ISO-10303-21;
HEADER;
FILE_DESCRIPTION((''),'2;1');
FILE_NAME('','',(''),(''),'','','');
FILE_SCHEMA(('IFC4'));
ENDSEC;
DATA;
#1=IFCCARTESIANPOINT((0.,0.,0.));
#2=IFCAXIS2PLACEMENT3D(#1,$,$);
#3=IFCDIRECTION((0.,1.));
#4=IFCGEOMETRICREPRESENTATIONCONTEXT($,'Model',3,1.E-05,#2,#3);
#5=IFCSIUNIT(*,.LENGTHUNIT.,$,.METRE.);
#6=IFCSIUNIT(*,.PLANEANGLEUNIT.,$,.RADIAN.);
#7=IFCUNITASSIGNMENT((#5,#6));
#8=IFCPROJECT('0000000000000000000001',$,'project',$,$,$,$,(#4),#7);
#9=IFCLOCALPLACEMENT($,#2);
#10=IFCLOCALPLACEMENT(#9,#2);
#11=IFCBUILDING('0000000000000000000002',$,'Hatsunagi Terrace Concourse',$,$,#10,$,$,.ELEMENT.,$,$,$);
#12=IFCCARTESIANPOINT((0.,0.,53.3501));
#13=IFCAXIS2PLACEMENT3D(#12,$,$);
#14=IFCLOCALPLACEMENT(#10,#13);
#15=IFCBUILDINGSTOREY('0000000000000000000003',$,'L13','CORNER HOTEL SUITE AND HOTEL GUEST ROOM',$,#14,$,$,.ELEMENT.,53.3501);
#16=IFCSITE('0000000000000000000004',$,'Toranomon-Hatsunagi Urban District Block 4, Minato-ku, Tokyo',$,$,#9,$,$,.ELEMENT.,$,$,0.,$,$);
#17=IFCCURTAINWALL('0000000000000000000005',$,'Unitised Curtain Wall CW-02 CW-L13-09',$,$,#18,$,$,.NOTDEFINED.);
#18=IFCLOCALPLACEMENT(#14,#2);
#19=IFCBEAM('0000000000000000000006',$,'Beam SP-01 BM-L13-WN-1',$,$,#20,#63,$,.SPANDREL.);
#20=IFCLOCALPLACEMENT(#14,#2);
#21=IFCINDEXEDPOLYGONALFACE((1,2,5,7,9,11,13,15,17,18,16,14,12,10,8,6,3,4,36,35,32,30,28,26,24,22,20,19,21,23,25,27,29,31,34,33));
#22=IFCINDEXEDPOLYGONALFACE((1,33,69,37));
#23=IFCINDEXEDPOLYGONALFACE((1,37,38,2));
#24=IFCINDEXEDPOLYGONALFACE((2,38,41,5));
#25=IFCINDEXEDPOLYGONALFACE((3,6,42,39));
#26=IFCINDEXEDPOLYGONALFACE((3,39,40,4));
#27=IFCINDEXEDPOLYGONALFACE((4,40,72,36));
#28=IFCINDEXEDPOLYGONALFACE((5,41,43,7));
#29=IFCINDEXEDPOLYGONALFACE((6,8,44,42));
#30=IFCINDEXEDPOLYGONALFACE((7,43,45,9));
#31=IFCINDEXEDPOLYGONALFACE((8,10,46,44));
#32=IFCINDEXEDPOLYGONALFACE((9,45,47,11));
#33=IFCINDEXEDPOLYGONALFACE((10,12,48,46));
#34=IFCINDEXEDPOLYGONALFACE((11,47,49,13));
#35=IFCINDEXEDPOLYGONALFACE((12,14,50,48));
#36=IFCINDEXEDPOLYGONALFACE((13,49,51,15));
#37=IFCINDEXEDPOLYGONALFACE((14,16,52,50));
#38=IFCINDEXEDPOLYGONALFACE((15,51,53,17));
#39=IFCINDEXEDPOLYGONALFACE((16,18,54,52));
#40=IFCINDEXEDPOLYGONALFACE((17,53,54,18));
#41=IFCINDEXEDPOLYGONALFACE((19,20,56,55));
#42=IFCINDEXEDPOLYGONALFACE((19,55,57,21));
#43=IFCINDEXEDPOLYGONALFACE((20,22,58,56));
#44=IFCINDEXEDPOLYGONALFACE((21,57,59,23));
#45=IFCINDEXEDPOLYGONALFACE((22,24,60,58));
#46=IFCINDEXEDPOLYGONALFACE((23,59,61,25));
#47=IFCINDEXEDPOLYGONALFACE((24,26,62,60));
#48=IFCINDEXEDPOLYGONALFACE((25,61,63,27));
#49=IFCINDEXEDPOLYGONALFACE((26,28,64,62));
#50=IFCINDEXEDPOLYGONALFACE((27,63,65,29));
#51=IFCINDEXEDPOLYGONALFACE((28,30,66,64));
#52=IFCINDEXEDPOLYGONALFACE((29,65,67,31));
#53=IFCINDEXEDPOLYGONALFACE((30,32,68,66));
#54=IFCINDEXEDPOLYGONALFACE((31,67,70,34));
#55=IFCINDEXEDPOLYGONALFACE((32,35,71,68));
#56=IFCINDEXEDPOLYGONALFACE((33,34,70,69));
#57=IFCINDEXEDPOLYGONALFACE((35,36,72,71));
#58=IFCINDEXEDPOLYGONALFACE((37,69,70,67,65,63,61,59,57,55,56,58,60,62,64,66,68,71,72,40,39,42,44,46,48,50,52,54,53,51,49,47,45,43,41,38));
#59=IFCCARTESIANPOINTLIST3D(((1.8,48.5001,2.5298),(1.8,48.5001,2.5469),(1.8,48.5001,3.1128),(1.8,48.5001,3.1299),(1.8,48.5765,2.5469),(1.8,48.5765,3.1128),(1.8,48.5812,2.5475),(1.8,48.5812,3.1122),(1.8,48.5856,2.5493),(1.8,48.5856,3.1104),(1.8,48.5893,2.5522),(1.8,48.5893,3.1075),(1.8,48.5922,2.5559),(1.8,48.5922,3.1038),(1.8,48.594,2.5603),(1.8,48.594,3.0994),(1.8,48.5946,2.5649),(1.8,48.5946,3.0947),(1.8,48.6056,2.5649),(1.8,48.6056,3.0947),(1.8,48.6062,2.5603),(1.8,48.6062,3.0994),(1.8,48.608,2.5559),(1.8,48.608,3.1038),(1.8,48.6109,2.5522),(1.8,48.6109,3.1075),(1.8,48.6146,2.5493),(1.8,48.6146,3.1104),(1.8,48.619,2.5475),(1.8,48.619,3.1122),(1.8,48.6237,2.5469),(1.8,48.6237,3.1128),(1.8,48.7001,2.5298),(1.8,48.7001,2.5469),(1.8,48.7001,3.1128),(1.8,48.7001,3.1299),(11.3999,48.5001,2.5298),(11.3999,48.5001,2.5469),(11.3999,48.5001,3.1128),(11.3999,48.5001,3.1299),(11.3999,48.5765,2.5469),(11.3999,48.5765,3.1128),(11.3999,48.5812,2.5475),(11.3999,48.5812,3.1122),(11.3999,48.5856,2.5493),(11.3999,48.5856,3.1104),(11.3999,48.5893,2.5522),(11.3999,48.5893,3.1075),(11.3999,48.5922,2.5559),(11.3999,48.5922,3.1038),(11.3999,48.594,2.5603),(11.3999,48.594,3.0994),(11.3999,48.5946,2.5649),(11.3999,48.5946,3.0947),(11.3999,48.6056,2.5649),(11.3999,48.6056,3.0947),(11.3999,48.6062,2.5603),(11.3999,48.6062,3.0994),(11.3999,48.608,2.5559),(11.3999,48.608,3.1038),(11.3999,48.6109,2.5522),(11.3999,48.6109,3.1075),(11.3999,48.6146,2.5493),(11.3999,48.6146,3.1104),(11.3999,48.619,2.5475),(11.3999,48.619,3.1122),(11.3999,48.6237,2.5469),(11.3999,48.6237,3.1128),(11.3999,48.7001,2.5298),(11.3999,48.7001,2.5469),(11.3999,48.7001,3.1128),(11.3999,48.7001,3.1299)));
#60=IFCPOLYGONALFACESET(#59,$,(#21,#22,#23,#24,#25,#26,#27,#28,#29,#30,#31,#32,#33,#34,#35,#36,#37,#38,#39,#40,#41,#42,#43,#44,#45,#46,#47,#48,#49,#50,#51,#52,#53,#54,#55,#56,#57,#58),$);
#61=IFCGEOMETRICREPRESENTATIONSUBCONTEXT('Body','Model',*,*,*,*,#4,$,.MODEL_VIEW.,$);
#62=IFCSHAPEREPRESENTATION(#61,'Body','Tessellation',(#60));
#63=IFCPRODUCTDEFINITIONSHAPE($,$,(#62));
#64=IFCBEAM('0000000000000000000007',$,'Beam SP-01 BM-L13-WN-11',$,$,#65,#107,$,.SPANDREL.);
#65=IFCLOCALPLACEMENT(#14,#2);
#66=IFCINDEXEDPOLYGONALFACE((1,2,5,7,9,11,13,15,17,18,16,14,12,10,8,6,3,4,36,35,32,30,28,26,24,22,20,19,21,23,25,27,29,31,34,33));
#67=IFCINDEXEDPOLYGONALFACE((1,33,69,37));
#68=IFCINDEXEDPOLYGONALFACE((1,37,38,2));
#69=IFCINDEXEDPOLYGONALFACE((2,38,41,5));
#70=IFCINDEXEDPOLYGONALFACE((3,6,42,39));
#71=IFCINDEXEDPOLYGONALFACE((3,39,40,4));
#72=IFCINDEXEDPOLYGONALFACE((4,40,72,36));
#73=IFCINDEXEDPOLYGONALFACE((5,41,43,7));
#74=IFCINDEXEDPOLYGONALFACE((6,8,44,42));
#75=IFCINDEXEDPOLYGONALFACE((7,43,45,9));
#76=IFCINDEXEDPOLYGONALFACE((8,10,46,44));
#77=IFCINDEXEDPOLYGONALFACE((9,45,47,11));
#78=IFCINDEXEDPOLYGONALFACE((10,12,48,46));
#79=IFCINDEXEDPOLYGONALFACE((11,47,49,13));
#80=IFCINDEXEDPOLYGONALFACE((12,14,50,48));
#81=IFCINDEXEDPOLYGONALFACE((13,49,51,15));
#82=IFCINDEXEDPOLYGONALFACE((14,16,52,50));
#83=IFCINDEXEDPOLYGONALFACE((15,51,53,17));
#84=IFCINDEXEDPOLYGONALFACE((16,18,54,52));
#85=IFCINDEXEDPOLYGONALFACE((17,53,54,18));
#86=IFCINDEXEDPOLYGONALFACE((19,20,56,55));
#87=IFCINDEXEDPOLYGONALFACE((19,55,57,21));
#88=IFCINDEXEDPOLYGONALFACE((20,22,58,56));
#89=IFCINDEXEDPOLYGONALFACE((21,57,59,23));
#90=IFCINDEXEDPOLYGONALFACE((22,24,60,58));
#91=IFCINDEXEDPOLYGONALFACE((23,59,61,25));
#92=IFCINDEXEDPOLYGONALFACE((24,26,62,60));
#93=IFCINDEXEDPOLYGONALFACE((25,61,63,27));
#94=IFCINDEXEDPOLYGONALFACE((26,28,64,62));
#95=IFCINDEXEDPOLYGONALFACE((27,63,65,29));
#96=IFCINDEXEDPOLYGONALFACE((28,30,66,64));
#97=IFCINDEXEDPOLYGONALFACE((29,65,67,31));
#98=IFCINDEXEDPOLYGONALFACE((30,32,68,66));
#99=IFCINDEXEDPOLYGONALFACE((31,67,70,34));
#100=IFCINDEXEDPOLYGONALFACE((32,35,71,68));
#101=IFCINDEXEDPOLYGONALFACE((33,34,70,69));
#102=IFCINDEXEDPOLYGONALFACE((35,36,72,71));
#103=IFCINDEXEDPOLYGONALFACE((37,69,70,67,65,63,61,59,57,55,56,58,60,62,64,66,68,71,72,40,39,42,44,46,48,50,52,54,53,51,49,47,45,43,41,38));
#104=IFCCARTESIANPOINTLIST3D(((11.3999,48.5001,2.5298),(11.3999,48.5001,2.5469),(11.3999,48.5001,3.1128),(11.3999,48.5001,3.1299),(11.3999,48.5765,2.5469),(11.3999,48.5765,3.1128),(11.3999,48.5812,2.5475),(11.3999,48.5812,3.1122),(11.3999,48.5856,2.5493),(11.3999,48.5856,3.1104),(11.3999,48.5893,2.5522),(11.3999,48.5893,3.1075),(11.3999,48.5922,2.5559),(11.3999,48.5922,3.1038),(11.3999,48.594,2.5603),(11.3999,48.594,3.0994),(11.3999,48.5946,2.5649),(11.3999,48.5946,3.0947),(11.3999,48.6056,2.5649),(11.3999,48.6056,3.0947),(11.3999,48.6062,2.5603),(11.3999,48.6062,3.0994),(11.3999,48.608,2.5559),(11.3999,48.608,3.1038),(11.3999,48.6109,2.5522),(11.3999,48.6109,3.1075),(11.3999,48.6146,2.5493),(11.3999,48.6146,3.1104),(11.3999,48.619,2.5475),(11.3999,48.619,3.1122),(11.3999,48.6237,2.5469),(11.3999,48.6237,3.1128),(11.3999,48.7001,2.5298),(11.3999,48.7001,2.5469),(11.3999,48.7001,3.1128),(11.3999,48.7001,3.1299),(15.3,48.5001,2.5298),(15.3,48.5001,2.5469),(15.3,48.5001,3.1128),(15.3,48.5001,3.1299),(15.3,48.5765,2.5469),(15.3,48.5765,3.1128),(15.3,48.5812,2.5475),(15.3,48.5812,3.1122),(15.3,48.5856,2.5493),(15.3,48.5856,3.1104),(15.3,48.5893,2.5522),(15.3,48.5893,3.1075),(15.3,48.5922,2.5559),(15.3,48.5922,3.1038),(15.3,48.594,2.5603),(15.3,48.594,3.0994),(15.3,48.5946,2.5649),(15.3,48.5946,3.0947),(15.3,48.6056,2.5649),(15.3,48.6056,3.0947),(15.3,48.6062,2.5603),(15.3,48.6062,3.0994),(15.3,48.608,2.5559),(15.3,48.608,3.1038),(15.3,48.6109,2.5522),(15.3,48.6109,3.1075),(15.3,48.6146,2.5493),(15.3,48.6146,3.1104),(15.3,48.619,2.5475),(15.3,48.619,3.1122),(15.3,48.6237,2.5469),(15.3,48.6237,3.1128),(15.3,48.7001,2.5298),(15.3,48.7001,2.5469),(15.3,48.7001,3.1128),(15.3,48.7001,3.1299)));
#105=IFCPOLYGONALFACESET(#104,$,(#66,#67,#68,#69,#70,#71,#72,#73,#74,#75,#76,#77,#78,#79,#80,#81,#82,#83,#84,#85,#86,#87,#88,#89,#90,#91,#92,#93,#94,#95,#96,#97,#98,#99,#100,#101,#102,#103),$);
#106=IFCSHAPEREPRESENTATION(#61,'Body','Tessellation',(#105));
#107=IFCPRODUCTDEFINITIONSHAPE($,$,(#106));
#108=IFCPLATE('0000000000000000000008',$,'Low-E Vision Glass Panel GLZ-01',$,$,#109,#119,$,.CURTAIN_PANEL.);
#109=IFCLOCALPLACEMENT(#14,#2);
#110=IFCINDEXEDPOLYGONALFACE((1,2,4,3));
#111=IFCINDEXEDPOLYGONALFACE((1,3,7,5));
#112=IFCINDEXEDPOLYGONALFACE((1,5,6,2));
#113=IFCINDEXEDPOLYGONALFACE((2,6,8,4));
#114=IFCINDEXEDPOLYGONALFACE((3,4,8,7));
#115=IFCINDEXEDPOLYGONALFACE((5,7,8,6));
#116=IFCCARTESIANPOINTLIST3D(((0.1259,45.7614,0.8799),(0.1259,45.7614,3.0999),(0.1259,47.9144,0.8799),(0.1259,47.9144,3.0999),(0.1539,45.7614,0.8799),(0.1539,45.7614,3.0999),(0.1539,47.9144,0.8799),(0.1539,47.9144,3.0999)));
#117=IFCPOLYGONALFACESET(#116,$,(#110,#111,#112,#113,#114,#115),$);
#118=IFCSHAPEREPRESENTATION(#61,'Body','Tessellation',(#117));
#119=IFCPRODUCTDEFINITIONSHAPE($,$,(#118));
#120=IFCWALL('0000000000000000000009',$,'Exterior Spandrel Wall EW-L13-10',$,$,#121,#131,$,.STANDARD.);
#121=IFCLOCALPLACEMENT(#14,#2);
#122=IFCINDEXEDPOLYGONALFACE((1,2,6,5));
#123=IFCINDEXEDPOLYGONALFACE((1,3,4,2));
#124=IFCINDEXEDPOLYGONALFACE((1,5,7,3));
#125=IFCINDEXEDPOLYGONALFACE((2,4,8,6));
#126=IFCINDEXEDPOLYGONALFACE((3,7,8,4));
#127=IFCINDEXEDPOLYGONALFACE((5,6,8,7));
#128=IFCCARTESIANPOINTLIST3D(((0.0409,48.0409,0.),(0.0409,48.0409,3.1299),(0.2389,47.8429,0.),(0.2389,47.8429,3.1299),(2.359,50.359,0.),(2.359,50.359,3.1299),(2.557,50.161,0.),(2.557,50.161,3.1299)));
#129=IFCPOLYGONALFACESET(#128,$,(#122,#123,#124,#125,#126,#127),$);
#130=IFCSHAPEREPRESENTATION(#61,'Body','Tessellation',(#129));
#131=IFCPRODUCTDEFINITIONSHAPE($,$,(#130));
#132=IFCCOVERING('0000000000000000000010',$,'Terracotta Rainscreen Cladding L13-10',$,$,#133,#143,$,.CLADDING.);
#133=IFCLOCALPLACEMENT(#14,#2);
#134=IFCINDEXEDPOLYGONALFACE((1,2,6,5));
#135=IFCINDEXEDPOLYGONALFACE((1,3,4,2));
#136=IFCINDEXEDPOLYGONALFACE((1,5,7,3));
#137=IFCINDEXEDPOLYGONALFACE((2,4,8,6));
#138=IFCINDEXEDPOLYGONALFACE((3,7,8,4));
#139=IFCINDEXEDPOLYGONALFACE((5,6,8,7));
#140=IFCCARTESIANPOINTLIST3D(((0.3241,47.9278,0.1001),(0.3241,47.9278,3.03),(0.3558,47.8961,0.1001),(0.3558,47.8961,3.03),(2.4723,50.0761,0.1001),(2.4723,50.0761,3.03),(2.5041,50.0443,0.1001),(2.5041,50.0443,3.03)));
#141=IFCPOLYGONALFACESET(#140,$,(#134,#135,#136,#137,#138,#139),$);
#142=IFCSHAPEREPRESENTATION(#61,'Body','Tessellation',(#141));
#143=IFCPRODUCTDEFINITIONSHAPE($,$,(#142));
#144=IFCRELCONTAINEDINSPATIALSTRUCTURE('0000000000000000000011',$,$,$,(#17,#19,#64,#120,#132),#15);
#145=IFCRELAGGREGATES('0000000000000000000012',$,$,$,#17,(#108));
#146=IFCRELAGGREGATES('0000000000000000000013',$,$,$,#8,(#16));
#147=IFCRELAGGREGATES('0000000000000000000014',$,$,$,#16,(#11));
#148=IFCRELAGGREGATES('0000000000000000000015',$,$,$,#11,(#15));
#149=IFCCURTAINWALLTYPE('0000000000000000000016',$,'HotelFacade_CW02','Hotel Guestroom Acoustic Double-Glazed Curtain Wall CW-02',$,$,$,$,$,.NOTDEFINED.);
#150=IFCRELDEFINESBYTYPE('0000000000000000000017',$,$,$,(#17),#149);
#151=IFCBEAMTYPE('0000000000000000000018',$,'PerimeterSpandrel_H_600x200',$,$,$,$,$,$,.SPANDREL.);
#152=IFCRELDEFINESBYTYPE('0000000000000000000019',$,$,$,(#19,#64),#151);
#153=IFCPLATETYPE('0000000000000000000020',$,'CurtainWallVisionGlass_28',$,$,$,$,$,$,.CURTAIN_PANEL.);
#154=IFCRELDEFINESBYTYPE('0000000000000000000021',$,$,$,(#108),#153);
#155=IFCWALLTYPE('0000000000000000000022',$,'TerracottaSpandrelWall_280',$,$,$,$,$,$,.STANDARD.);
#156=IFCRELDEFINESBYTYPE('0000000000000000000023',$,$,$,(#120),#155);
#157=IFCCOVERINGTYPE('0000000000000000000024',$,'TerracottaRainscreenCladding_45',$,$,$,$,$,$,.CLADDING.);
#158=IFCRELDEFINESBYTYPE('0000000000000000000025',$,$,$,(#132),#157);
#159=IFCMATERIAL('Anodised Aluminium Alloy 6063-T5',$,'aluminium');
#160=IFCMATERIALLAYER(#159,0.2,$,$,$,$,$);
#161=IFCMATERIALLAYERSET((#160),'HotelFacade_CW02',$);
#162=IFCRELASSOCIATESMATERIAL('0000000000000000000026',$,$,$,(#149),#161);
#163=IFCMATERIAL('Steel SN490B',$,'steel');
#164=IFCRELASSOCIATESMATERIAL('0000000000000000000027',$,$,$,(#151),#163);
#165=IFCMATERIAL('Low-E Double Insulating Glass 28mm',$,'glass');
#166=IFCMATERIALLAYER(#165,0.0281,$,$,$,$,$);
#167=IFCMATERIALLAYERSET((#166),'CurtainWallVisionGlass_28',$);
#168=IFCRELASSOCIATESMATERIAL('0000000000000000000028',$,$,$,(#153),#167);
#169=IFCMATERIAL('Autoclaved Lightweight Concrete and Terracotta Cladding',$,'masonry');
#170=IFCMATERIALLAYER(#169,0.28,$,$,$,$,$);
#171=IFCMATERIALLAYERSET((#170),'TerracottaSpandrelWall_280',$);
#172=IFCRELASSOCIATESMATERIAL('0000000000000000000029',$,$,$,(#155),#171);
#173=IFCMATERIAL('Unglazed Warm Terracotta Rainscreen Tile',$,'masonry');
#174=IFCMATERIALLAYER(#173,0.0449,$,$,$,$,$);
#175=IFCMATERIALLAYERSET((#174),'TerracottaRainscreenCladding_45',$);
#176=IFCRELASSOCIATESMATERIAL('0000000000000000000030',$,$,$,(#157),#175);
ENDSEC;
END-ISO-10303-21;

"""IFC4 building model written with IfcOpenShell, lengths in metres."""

from ifc_helpers import new_model, si_unit, direction, frame, frame_2d, origin, origin_2d, place, context, subcontext, project, spatial, rectangle, i_section, extrude, material, layer, layer_set, material_profile, profile_set, type_object, element, aggregate, save


model = new_model("IFC4")

# Units and contexts
model_context = context("Model", 3, precision=1e-05, world=origin(), true_north=direction((0.0, 1.0)))
body_context = subcontext(model_context, "Body", "Model", "MODEL_VIEW")
ifc_project = project(units=[si_unit("LENGTHUNIT", "METRE"), si_unit("PLANEANGLEUNIT", "RADIAN")], contexts=[model_context])

# Site, building, storey
site_placement = place(None, origin())
site = spatial("IfcSite", under=ifc_project, at=site_placement, Name="Toranomon-Hatsunagi Urban District Block 4, Minato-ku, Tokyo", CompositionType="ELEMENT", RefElevation=0.0)
building_placement = place(site_placement, origin())
building = spatial("IfcBuilding", under=site, at=building_placement, Name="Hatsunagi Terrace Concourse", CompositionType="ELEMENT")
storey_placement = place(building_placement, frame((0.0, 0.0, 53.3501)))
storey = spatial("IfcBuildingStorey", under=building, at=storey_placement, Name="L13", Description="CORNER HOTEL SUITE AND HOTEL GUEST ROOM", CompositionType="ELEMENT", Elevation=53.3501)

# Curtain wall
ifc_material_1 = material(Name="Anodised Aluminium Alloy 6063-T5", Category="aluminium")
ifc_layer_1 = layer(ifc_material_1, 0.2)
ifc_layer_set_1 = layer_set([ifc_layer_1], Name="HotelFacade_CW02")
curtain_wall_type = type_object("IfcCurtainWallType", Name="HotelFacade_CW02", Description="Hotel Guestroom Acoustic Double-Glazed Curtain Wall CW-02", PredefinedType="NOTDEFINED", material=ifc_layer_set_1)
curtain_wall_placement = place(storey_placement, origin())
curtain_wall = element("IfcCurtainWall", 1, at=curtain_wall_placement, inside=storey, type_object=curtain_wall_type, Name="Unitised Curtain Wall CW-02 CW-L13-09", PredefinedType="NOTDEFINED")

# Beams
ifc_material_2 = material(Name="Steel SN490B", Category="steel")
ifc_material_profile_1 = material_profile(ifc_material_2, i_section(OverallWidth=0.2, OverallDepth=0.6001, WebThickness=0.011, FlangeThickness=0.0171, FilletRadius=0.0181, at=origin_2d()), Name="H-600x200x11x17")
ifc_profile_set_1 = profile_set([ifc_material_profile_1], Name="Steel SN490B")
beam_type_1 = type_object("IfcBeamType", Name="PerimeterSpandrel_H_600x200", PredefinedType="SPANDREL", material=ifc_profile_set_1)
beam_1_placement = place(storey_placement, frame((1.8, 48.6001, 2.8298), z_axis=(1.0, 0.0, 0.0), x_axis=(0.0, 1.0, 0.0)))
element("IfcBeam", 2, at=beam_1_placement, inside=storey, type_object=beam_type_1, Name="Beam SP-01 BM-L13-WN-1", PredefinedType="SPANDREL", context=body_context, shape_type="SweptSolid", body=[
    extrude(i_section(OverallWidth=0.2, OverallDepth=0.6001, WebThickness=0.011, FlangeThickness=0.0171, FilletRadius=0.0181, at=origin_2d()), origin(), (0.0, 0.0, 1.0), 9.5999),
])
beam_2_placement = place(storey_placement, frame((11.3999, 48.6001, 2.8298), z_axis=(1.0, 0.0, 0.0), x_axis=(0.0, 1.0, 0.0)))
element("IfcBeam", 3, at=beam_2_placement, inside=storey, type_object=beam_type_1, Name="Beam SP-01 BM-L13-WN-11", PredefinedType="SPANDREL", context=body_context, shape_type="SweptSolid", body=[
    extrude(i_section(OverallWidth=0.2, OverallDepth=0.6001, WebThickness=0.011, FlangeThickness=0.0171, FilletRadius=0.0181, at=origin_2d()), origin(), (0.0, 0.0, 1.0), 3.9001),
])

# Plate
ifc_material_3 = material(Name="Low-E Double Insulating Glass 28mm", Category="glass")
ifc_layer_2 = layer(ifc_material_3, 0.0281)
ifc_layer_set_2 = layer_set([ifc_layer_2], Name="CurtainWallVisionGlass_28")
plate_type = type_object("IfcPlateType", Name="CurtainWallVisionGlass_28", PredefinedType="CURTAIN_PANEL", material=ifc_layer_set_2)
plate_placement = place(storey_placement, frame((0.1399, 46.8379, 0.8799), z_axis=(0.0, 0.0, 1.0), x_axis=(0.0, 1.0, 0.0)))
plate = element("IfcPlate", 4, at=plate_placement, type_object=plate_type, Name="Low-E Vision Glass Panel GLZ-01", PredefinedType="CURTAIN_PANEL", context=body_context, shape_type="SweptSolid", body=[
    extrude(rectangle(XDim=2.1531, YDim=0.0281, at=origin_2d()), origin(), (0.0, 0.0, 1.0), 2.22),
])
aggregate(curtain_wall, [plate])

# Wall
ifc_material_4 = material(Name="Autoclaved Lightweight Concrete and Terracotta Cladding", Category="masonry")
ifc_layer_3 = layer(ifc_material_4, 0.28)
ifc_layer_set_3 = layer_set([ifc_layer_3], Name="TerracottaSpandrelWall_280")
wall_type = type_object("IfcWallType", Name="TerracottaSpandrelWall_280", PredefinedType="STANDARD", material=ifc_layer_set_3)
wall_1_placement = place(storey_placement, frame((0.1399, 47.9419, 0.0), z_axis=(0.0, 0.0, 1.0), x_axis=(0.707107, 0.707107, 0.0)))
element("IfcWall", 5, at=wall_1_placement, inside=storey, type_object=wall_type, Name="Exterior Spandrel Wall EW-L13-10", PredefinedType="STANDARD", context=body_context, shape_type="SweptSolid", body=[
    extrude(rectangle(XDim=3.2783, YDim=0.28, at=frame_2d((1.6392, 0.0))), origin(), (0.0, 0.0, 1.0), 3.1299),
])

# Covering
ifc_material_5 = material(Name="Unglazed Warm Terracotta Rainscreen Tile", Category="masonry")
ifc_layer_4 = layer(ifc_material_5, 0.0449)
ifc_layer_set_4 = layer_set([ifc_layer_4], Name="TerracottaRainscreenCladding_45")
covering_type = type_object("IfcCoveringType", Name="TerracottaRainscreenCladding_45", PredefinedType="CLADDING", material=ifc_layer_set_4)
covering_placement = place(storey_placement, frame((1.4141, 48.9861, 0.1001), z_axis=(0.0, 0.0, 1.0), x_axis=(0.707107, 0.707107, 0.0)))
element("IfcCovering", 6, at=covering_placement, inside=storey, type_object=covering_type, Name="Terracotta Rainscreen Cladding L13-10", PredefinedType="CLADDING", context=body_context, shape_type="SweptSolid", body=[
    extrude(rectangle(XDim=3.0381, YDim=0.0449, at=origin_2d()), origin(), (0.0, 0.0, 1.0), 2.9299),
])

save(model, "model.ifc")
